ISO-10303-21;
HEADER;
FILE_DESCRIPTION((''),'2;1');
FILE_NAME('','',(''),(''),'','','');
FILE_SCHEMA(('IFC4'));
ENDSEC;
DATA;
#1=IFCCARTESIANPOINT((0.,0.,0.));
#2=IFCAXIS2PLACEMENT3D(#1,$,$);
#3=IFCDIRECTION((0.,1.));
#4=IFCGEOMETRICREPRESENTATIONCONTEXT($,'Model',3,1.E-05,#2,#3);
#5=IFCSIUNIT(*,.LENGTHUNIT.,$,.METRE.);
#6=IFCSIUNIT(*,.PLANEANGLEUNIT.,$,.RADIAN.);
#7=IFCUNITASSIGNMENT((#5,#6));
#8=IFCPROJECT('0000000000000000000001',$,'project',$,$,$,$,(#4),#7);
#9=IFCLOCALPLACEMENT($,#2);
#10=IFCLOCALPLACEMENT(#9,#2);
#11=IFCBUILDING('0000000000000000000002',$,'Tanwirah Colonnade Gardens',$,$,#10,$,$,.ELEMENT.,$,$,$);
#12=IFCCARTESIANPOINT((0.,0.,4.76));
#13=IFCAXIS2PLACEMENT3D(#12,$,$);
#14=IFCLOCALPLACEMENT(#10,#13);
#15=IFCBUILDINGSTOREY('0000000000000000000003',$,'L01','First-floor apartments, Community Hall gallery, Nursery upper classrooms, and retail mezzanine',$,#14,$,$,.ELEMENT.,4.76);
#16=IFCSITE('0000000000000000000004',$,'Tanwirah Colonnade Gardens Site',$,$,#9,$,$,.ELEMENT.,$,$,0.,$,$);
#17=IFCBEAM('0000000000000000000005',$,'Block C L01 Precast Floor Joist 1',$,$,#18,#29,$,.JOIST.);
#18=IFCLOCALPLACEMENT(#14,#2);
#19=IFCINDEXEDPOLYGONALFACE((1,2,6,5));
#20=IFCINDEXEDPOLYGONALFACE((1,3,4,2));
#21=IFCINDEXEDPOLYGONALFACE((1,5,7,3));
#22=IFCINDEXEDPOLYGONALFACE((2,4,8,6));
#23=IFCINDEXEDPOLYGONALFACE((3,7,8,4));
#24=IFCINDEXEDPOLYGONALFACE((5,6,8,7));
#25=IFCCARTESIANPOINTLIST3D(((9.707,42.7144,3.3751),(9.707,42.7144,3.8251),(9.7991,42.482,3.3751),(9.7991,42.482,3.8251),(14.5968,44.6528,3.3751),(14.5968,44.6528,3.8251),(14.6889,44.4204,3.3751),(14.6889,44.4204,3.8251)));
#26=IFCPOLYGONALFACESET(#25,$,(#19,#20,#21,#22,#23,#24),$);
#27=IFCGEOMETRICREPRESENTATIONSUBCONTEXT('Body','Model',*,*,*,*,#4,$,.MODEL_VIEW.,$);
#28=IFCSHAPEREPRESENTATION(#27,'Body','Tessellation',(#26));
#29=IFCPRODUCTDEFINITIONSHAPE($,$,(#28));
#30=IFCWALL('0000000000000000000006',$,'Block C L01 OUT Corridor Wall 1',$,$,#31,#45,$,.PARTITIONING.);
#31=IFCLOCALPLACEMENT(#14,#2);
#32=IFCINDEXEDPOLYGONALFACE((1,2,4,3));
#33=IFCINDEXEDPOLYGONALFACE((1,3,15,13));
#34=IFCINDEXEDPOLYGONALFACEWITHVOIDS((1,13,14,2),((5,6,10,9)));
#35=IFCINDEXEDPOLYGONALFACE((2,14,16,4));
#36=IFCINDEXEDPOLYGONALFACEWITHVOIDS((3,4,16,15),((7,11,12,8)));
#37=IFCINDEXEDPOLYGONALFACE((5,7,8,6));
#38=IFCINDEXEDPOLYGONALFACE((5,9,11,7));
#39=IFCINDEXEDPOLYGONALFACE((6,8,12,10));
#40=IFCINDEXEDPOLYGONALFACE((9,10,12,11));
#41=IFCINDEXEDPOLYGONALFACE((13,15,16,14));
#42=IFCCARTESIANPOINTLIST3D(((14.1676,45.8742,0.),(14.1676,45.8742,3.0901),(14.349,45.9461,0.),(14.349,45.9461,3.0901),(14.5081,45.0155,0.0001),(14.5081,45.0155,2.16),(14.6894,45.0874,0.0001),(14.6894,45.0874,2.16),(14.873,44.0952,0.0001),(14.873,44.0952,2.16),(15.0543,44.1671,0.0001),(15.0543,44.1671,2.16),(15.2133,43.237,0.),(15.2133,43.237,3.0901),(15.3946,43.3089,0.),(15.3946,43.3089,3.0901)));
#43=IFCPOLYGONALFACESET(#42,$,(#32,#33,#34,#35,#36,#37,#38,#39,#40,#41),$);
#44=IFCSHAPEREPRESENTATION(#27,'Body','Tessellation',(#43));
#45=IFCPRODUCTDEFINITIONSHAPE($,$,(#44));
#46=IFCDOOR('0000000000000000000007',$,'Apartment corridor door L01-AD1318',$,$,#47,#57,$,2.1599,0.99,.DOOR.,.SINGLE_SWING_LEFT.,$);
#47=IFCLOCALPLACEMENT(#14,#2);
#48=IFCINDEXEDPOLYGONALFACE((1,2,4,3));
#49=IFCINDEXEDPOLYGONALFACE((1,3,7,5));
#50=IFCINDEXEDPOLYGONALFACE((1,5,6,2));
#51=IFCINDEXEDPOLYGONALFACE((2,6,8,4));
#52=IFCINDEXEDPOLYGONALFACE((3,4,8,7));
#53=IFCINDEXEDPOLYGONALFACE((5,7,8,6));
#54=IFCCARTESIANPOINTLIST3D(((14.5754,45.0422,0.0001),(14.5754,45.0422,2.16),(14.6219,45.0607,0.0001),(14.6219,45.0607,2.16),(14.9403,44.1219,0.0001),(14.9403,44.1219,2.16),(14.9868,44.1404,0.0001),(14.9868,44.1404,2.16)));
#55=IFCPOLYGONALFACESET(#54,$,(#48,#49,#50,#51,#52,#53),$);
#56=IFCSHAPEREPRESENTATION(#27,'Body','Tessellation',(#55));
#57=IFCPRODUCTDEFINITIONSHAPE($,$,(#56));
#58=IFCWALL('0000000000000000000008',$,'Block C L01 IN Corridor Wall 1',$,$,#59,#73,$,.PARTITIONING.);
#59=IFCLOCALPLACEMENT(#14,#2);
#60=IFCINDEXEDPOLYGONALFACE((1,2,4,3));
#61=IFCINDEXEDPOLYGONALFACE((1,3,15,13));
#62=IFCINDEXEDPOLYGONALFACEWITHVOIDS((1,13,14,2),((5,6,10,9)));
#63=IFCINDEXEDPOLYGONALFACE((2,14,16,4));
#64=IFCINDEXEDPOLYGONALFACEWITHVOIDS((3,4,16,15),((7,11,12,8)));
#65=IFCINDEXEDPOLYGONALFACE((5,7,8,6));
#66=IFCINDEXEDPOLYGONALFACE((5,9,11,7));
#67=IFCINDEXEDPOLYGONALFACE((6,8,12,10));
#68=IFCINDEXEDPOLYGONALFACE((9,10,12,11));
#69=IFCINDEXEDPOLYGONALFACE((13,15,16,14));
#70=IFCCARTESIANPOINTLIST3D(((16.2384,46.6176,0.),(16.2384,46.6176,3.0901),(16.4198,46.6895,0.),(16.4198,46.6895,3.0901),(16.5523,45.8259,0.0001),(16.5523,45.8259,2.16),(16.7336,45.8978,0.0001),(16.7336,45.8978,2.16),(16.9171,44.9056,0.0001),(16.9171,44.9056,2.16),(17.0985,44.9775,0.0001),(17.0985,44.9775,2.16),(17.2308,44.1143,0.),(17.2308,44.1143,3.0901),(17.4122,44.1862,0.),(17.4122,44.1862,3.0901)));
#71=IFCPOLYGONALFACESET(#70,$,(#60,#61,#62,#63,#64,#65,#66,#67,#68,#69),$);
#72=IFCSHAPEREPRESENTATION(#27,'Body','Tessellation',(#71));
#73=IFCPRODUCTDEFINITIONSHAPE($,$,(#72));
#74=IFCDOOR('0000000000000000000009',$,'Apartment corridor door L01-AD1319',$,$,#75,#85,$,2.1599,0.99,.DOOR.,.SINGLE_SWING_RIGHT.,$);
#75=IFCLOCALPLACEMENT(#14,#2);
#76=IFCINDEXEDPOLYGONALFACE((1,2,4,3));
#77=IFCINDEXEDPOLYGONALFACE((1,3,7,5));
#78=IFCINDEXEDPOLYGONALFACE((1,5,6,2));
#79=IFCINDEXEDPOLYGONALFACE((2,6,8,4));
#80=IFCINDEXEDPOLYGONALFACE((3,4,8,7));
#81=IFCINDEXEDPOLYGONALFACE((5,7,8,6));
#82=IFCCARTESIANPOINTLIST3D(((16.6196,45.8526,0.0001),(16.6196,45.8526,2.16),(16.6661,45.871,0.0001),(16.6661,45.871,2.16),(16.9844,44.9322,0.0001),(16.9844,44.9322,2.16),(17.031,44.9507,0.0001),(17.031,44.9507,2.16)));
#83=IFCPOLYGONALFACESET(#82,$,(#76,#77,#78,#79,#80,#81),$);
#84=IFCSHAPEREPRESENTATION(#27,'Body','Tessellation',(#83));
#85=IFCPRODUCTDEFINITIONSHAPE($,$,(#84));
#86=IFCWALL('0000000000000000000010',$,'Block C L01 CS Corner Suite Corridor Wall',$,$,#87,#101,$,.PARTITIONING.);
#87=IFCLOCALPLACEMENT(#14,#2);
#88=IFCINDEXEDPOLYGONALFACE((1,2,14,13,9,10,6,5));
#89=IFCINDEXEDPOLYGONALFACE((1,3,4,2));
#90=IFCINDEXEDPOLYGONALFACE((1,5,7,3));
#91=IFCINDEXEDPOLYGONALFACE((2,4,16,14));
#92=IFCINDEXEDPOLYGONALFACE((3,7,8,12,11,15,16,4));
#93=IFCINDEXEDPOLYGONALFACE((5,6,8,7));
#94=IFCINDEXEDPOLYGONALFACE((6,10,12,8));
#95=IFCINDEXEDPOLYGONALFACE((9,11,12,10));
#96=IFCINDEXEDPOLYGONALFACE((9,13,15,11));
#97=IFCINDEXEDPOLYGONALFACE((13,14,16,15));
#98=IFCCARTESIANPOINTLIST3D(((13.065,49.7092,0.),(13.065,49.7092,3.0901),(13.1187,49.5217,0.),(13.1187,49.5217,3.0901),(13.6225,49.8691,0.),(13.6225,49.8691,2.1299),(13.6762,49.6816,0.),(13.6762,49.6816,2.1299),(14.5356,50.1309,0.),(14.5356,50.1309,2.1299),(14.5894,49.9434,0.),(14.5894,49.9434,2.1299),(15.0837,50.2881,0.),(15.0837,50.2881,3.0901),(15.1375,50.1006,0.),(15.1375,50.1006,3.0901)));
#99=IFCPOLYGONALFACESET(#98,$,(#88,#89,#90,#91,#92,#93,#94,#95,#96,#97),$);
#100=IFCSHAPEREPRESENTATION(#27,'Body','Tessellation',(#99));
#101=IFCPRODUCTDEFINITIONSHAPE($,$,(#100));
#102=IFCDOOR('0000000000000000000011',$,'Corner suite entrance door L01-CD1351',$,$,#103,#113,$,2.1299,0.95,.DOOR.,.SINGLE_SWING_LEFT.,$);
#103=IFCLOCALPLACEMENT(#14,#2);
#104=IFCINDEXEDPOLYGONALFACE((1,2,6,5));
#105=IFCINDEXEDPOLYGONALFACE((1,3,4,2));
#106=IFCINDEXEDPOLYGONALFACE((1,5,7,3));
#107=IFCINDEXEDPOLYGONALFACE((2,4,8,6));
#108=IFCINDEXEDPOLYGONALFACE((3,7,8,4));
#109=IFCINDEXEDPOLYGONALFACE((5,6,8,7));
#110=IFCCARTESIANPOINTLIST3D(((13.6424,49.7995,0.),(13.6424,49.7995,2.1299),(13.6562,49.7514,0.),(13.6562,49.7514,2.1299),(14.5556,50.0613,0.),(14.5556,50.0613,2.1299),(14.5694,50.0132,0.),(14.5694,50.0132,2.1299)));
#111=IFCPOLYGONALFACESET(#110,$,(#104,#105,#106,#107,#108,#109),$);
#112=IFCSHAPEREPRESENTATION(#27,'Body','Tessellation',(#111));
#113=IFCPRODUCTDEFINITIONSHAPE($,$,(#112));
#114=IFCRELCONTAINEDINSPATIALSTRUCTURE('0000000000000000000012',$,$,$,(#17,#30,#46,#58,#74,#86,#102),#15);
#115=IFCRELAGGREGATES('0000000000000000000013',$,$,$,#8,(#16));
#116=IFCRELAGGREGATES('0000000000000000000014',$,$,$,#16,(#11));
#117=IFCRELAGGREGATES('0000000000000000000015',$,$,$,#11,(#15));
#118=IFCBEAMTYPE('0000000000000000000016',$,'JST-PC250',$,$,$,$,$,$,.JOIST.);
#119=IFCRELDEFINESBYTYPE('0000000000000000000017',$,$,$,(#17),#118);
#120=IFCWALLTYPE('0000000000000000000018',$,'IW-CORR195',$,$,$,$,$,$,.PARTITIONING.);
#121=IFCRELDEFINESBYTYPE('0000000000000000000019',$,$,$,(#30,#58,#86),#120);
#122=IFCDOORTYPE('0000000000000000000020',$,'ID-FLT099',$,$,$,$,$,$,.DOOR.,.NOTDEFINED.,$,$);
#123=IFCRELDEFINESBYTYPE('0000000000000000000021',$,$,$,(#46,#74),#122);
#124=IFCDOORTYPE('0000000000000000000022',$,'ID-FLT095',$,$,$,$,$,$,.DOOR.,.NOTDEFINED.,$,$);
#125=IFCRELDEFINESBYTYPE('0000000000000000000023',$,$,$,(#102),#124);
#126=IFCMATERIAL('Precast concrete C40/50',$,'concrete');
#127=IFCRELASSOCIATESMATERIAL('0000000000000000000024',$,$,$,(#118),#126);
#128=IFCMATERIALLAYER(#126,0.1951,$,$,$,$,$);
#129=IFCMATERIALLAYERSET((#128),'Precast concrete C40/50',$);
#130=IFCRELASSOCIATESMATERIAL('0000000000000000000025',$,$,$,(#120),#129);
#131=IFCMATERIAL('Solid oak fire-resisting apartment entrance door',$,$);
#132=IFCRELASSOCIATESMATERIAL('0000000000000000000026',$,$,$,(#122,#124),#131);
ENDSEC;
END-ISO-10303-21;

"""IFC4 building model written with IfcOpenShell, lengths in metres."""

from ifc_helpers import new_model, si_unit, direction, frame, frame_2d, origin, origin_2d, place, context, subcontext, project, spatial, rectangle, extrude, material, layer, layer_set, material_profile, profile_set, type_object, element, fill, save


model = new_model("IFC4")

# Units and contexts
model_context = context("Model", 3, precision=1e-05, world=origin(), true_north=direction((0.0, 1.0)))
body_context = subcontext(model_context, "Body", "Model", "MODEL_VIEW")
ifc_project = project(units=[si_unit("LENGTHUNIT", "METRE"), si_unit("PLANEANGLEUNIT", "RADIAN")], contexts=[model_context])

# Site, building, storey
site_placement = place(None, origin())
site = spatial("IfcSite", under=ifc_project, at=site_placement, Name="Tanwirah Colonnade Gardens Site", CompositionType="ELEMENT", RefElevation=0.0)
building_placement = place(site_placement, origin())
building = spatial("IfcBuilding", under=site, at=building_placement, Name="Tanwirah Colonnade Gardens", CompositionType="ELEMENT")
storey_placement = place(building_placement, frame((0.0, 0.0, 4.76)))
storey = spatial("IfcBuildingStorey", under=building, at=storey_placement, Name="L01", Description="First-floor apartments, Community Hall gallery, Nursery upper classrooms, and retail mezzanine", CompositionType="ELEMENT", Elevation=4.76)

# Beam
ifc_material_1 = material(Name="Precast concrete C40/50", Category="concrete")
ifc_material_profile_1 = material_profile(ifc_material_1, rectangle(XDim=0.25, YDim=0.45, at=origin_2d()), Name="PC-JST 250x450")
ifc_profile_set_1 = profile_set([ifc_material_profile_1], Name="Precast concrete C40/50")
beam_type_1 = type_object("IfcBeamType", Name="JST-PC250", PredefinedType="JOIST", material=ifc_profile_set_1)
beam_1_placement = place(storey_placement, frame((14.6428, 44.5366, 3.6001), z_axis=(-0.929618, -0.368524, 0.0), x_axis=(0.368524, -0.929618, 0.0)))
element("IfcBeam", 1, at=beam_1_placement, inside=storey, type_object=beam_type_1, Name="Block C L01 Precast Floor Joist 1", PredefinedType="JOIST", context=body_context, shape_type="SweptSolid", body=[
    extrude(rectangle(XDim=0.25, YDim=0.45, at=origin_2d()), origin(), (0.0, 0.0, 1.0), 5.26),
])

# Walls, openings, doors
ifc_layer = layer(ifc_material_1, 0.1951)
ifc_layer_set = layer_set([ifc_layer], Name="Precast concrete C40/50")
wall_type = type_object("IfcWallType", Name="IW-CORR195", PredefinedType="PARTITIONING", material=ifc_layer_set)
ifc_material_2 = material(Name="Solid oak fire-resisting apartment entrance door")
wall_1_placement = place(storey_placement, frame((14.2583, 45.9102, 0.0), z_axis=(0.0, 0.0, 1.0), x_axis=(0.368585, -0.929594, 0.0)))
wall_1 = element("IfcWall", 2, at=wall_1_placement, inside=storey, type_object=wall_type, Name="Block C L01 OUT Corridor Wall 1", PredefinedType="PARTITIONING", context=body_context, shape_type="SweptSolid", body=[
    extrude(rectangle(XDim=2.8369, YDim=0.1951, at=frame_2d((1.4185, 0.0))), origin(), (0.0, 0.0, 1.0), 3.0901),
])
opening_1_placement = place(wall_1_placement, frame((0.9236, 0.0, 0.0)))
opening_1 = element("IfcOpeningElement", 3, at=opening_1_placement, cuts=wall_1, PredefinedType="OPENING", context=body_context, shape_type="SweptSolid", body=[
    extrude(rectangle(XDim=0.99, YDim=2.1599, at=frame_2d((0.4951, 1.0801))), frame((0.0, 0.1074, 0.0), z_axis=(0.0, -1.0, 0.0), x_axis=(1.0, 0.0, 0.0)), (0.0, 0.0, 1.0), 0.2151),
])
door_type_1 = type_object("IfcDoorType", Name="ID-FLT099", OperationType="NOTDEFINED", PredefinedType="DOOR", material=ifc_material_2)
door_1_placement = place(opening_1_placement, origin())
door_1 = element("IfcDoor", 4, at=door_1_placement, inside=storey, type_object=door_type_1, Name="Apartment corridor door L01-AD1318", OperationType="SINGLE_SWING_LEFT", OverallHeight=2.1599, OverallWidth=0.99, PredefinedType="DOOR", context=body_context, shape_type="SweptSolid", body=[
    extrude(rectangle(XDim=0.99, YDim=2.1599, at=frame_2d((0.4951, 1.0801))), frame((0.0, 0.0249, 0.0), z_axis=(0.0, -1.0, 0.0), x_axis=(1.0, 0.0, 0.0)), (0.0, 0.0, 1.0), 0.05),
])
fill(opening_1, door_1)
wall_2_placement = place(storey_placement, frame((16.3291, 46.6536, 0.0), z_axis=(0.0, 0.0, 1.0), x_axis=(0.368528, -0.929616, 0.0)))
wall_2 = element("IfcWall", 5, at=wall_2_placement, inside=storey, type_object=wall_type, Name="Block C L01 IN Corridor Wall 1", PredefinedType="PARTITIONING", context=body_context, shape_type="SweptSolid", body=[
    extrude(rectangle(XDim=2.6929, YDim=0.1951, at=frame_2d((1.3464, 0.0))), origin(), (0.0, 0.0, 1.0), 3.0901),
])
opening_2_placement = place(wall_2_placement, frame((0.8516, 0.0, 0.0)))
opening_2 = element("IfcOpeningElement", 6, at=opening_2_placement, cuts=wall_2, PredefinedType="OPENING", context=body_context, shape_type="SweptSolid", body=[
    extrude(rectangle(XDim=0.99, YDim=2.1599, at=frame_2d((0.4951, 1.0801))), frame((0.0, 0.1074, 0.0), z_axis=(0.0, -1.0, 0.0), x_axis=(1.0, 0.0, 0.0)), (0.0, 0.0, 1.0), 0.2151),
])
door_2_placement = place(opening_2_placement, origin())
door_2 = element("IfcDoor", 7, at=door_2_placement, inside=storey, type_object=door_type_1, Name="Apartment corridor door L01-AD1319", OperationType="SINGLE_SWING_RIGHT", OverallHeight=2.1599, OverallWidth=0.99, PredefinedType="DOOR", context=body_context, shape_type="SweptSolid", body=[
    extrude(rectangle(XDim=0.99, YDim=2.1599, at=frame_2d((0.4951, 1.0801))), frame((0.0, 0.0249, 0.0), z_axis=(0.0, -1.0, 0.0), x_axis=(1.0, 0.0, 0.0)), (0.0, 0.0, 1.0), 0.05),
])
fill(opening_2, door_2)
wall_3_placement = place(storey_placement, frame((15.1106, 50.1943, 0.0), z_axis=(0.0, 0.0, 1.0), x_axis=(-0.961265, -0.275627, 0.0)))
wall_3 = element("IfcWall", 8, at=wall_3_placement, inside=storey, type_object=wall_type, Name="Block C L01 CS Corner Suite Corridor Wall", PredefinedType="PARTITIONING", context=body_context, shape_type="SweptSolid", body=[
    extrude(rectangle(XDim=2.1001, YDim=0.1951, at=frame_2d((1.05, 0.0))), origin(), (0.0, 0.0, 1.0), 3.0901),
])
opening_3_placement = place(wall_3_placement, frame((0.5701, 0.0, 0.0)))
opening_3 = element("IfcOpeningElement", 9, at=opening_3_placement, cuts=wall_3, PredefinedType="OPENING", context=body_context, shape_type="SweptSolid", body=[
    extrude(rectangle(XDim=0.95, YDim=2.1299, at=frame_2d((0.4751, 1.0649))), frame((0.0, 0.1074, 0.0), z_axis=(0.0, -1.0, 0.0), x_axis=(1.0, 0.0, 0.0)), (0.0, 0.0, 1.0), 0.2151),
])
door_type_2 = type_object("IfcDoorType", Name="ID-FLT095", OperationType="NOTDEFINED", PredefinedType="DOOR", material=ifc_material_2)
door_3_placement = place(opening_3_placement, origin())
door_3 = element("IfcDoor", 10, at=door_3_placement, inside=storey, type_object=door_type_2, Name="Corner suite entrance door L01-CD1351", OperationType="SINGLE_SWING_LEFT", OverallHeight=2.1299, OverallWidth=0.95, PredefinedType="DOOR", context=body_context, shape_type="SweptSolid", body=[
    extrude(rectangle(XDim=0.95, YDim=2.1299, at=frame_2d((0.4751, 1.0649))), frame((0.0, 0.0249, 0.0), z_axis=(0.0, -1.0, 0.0), x_axis=(1.0, 0.0, 0.0)), (0.0, 0.0, 1.0), 0.05),
])
fill(opening_3, door_3)

save(model, "model.ifc")
